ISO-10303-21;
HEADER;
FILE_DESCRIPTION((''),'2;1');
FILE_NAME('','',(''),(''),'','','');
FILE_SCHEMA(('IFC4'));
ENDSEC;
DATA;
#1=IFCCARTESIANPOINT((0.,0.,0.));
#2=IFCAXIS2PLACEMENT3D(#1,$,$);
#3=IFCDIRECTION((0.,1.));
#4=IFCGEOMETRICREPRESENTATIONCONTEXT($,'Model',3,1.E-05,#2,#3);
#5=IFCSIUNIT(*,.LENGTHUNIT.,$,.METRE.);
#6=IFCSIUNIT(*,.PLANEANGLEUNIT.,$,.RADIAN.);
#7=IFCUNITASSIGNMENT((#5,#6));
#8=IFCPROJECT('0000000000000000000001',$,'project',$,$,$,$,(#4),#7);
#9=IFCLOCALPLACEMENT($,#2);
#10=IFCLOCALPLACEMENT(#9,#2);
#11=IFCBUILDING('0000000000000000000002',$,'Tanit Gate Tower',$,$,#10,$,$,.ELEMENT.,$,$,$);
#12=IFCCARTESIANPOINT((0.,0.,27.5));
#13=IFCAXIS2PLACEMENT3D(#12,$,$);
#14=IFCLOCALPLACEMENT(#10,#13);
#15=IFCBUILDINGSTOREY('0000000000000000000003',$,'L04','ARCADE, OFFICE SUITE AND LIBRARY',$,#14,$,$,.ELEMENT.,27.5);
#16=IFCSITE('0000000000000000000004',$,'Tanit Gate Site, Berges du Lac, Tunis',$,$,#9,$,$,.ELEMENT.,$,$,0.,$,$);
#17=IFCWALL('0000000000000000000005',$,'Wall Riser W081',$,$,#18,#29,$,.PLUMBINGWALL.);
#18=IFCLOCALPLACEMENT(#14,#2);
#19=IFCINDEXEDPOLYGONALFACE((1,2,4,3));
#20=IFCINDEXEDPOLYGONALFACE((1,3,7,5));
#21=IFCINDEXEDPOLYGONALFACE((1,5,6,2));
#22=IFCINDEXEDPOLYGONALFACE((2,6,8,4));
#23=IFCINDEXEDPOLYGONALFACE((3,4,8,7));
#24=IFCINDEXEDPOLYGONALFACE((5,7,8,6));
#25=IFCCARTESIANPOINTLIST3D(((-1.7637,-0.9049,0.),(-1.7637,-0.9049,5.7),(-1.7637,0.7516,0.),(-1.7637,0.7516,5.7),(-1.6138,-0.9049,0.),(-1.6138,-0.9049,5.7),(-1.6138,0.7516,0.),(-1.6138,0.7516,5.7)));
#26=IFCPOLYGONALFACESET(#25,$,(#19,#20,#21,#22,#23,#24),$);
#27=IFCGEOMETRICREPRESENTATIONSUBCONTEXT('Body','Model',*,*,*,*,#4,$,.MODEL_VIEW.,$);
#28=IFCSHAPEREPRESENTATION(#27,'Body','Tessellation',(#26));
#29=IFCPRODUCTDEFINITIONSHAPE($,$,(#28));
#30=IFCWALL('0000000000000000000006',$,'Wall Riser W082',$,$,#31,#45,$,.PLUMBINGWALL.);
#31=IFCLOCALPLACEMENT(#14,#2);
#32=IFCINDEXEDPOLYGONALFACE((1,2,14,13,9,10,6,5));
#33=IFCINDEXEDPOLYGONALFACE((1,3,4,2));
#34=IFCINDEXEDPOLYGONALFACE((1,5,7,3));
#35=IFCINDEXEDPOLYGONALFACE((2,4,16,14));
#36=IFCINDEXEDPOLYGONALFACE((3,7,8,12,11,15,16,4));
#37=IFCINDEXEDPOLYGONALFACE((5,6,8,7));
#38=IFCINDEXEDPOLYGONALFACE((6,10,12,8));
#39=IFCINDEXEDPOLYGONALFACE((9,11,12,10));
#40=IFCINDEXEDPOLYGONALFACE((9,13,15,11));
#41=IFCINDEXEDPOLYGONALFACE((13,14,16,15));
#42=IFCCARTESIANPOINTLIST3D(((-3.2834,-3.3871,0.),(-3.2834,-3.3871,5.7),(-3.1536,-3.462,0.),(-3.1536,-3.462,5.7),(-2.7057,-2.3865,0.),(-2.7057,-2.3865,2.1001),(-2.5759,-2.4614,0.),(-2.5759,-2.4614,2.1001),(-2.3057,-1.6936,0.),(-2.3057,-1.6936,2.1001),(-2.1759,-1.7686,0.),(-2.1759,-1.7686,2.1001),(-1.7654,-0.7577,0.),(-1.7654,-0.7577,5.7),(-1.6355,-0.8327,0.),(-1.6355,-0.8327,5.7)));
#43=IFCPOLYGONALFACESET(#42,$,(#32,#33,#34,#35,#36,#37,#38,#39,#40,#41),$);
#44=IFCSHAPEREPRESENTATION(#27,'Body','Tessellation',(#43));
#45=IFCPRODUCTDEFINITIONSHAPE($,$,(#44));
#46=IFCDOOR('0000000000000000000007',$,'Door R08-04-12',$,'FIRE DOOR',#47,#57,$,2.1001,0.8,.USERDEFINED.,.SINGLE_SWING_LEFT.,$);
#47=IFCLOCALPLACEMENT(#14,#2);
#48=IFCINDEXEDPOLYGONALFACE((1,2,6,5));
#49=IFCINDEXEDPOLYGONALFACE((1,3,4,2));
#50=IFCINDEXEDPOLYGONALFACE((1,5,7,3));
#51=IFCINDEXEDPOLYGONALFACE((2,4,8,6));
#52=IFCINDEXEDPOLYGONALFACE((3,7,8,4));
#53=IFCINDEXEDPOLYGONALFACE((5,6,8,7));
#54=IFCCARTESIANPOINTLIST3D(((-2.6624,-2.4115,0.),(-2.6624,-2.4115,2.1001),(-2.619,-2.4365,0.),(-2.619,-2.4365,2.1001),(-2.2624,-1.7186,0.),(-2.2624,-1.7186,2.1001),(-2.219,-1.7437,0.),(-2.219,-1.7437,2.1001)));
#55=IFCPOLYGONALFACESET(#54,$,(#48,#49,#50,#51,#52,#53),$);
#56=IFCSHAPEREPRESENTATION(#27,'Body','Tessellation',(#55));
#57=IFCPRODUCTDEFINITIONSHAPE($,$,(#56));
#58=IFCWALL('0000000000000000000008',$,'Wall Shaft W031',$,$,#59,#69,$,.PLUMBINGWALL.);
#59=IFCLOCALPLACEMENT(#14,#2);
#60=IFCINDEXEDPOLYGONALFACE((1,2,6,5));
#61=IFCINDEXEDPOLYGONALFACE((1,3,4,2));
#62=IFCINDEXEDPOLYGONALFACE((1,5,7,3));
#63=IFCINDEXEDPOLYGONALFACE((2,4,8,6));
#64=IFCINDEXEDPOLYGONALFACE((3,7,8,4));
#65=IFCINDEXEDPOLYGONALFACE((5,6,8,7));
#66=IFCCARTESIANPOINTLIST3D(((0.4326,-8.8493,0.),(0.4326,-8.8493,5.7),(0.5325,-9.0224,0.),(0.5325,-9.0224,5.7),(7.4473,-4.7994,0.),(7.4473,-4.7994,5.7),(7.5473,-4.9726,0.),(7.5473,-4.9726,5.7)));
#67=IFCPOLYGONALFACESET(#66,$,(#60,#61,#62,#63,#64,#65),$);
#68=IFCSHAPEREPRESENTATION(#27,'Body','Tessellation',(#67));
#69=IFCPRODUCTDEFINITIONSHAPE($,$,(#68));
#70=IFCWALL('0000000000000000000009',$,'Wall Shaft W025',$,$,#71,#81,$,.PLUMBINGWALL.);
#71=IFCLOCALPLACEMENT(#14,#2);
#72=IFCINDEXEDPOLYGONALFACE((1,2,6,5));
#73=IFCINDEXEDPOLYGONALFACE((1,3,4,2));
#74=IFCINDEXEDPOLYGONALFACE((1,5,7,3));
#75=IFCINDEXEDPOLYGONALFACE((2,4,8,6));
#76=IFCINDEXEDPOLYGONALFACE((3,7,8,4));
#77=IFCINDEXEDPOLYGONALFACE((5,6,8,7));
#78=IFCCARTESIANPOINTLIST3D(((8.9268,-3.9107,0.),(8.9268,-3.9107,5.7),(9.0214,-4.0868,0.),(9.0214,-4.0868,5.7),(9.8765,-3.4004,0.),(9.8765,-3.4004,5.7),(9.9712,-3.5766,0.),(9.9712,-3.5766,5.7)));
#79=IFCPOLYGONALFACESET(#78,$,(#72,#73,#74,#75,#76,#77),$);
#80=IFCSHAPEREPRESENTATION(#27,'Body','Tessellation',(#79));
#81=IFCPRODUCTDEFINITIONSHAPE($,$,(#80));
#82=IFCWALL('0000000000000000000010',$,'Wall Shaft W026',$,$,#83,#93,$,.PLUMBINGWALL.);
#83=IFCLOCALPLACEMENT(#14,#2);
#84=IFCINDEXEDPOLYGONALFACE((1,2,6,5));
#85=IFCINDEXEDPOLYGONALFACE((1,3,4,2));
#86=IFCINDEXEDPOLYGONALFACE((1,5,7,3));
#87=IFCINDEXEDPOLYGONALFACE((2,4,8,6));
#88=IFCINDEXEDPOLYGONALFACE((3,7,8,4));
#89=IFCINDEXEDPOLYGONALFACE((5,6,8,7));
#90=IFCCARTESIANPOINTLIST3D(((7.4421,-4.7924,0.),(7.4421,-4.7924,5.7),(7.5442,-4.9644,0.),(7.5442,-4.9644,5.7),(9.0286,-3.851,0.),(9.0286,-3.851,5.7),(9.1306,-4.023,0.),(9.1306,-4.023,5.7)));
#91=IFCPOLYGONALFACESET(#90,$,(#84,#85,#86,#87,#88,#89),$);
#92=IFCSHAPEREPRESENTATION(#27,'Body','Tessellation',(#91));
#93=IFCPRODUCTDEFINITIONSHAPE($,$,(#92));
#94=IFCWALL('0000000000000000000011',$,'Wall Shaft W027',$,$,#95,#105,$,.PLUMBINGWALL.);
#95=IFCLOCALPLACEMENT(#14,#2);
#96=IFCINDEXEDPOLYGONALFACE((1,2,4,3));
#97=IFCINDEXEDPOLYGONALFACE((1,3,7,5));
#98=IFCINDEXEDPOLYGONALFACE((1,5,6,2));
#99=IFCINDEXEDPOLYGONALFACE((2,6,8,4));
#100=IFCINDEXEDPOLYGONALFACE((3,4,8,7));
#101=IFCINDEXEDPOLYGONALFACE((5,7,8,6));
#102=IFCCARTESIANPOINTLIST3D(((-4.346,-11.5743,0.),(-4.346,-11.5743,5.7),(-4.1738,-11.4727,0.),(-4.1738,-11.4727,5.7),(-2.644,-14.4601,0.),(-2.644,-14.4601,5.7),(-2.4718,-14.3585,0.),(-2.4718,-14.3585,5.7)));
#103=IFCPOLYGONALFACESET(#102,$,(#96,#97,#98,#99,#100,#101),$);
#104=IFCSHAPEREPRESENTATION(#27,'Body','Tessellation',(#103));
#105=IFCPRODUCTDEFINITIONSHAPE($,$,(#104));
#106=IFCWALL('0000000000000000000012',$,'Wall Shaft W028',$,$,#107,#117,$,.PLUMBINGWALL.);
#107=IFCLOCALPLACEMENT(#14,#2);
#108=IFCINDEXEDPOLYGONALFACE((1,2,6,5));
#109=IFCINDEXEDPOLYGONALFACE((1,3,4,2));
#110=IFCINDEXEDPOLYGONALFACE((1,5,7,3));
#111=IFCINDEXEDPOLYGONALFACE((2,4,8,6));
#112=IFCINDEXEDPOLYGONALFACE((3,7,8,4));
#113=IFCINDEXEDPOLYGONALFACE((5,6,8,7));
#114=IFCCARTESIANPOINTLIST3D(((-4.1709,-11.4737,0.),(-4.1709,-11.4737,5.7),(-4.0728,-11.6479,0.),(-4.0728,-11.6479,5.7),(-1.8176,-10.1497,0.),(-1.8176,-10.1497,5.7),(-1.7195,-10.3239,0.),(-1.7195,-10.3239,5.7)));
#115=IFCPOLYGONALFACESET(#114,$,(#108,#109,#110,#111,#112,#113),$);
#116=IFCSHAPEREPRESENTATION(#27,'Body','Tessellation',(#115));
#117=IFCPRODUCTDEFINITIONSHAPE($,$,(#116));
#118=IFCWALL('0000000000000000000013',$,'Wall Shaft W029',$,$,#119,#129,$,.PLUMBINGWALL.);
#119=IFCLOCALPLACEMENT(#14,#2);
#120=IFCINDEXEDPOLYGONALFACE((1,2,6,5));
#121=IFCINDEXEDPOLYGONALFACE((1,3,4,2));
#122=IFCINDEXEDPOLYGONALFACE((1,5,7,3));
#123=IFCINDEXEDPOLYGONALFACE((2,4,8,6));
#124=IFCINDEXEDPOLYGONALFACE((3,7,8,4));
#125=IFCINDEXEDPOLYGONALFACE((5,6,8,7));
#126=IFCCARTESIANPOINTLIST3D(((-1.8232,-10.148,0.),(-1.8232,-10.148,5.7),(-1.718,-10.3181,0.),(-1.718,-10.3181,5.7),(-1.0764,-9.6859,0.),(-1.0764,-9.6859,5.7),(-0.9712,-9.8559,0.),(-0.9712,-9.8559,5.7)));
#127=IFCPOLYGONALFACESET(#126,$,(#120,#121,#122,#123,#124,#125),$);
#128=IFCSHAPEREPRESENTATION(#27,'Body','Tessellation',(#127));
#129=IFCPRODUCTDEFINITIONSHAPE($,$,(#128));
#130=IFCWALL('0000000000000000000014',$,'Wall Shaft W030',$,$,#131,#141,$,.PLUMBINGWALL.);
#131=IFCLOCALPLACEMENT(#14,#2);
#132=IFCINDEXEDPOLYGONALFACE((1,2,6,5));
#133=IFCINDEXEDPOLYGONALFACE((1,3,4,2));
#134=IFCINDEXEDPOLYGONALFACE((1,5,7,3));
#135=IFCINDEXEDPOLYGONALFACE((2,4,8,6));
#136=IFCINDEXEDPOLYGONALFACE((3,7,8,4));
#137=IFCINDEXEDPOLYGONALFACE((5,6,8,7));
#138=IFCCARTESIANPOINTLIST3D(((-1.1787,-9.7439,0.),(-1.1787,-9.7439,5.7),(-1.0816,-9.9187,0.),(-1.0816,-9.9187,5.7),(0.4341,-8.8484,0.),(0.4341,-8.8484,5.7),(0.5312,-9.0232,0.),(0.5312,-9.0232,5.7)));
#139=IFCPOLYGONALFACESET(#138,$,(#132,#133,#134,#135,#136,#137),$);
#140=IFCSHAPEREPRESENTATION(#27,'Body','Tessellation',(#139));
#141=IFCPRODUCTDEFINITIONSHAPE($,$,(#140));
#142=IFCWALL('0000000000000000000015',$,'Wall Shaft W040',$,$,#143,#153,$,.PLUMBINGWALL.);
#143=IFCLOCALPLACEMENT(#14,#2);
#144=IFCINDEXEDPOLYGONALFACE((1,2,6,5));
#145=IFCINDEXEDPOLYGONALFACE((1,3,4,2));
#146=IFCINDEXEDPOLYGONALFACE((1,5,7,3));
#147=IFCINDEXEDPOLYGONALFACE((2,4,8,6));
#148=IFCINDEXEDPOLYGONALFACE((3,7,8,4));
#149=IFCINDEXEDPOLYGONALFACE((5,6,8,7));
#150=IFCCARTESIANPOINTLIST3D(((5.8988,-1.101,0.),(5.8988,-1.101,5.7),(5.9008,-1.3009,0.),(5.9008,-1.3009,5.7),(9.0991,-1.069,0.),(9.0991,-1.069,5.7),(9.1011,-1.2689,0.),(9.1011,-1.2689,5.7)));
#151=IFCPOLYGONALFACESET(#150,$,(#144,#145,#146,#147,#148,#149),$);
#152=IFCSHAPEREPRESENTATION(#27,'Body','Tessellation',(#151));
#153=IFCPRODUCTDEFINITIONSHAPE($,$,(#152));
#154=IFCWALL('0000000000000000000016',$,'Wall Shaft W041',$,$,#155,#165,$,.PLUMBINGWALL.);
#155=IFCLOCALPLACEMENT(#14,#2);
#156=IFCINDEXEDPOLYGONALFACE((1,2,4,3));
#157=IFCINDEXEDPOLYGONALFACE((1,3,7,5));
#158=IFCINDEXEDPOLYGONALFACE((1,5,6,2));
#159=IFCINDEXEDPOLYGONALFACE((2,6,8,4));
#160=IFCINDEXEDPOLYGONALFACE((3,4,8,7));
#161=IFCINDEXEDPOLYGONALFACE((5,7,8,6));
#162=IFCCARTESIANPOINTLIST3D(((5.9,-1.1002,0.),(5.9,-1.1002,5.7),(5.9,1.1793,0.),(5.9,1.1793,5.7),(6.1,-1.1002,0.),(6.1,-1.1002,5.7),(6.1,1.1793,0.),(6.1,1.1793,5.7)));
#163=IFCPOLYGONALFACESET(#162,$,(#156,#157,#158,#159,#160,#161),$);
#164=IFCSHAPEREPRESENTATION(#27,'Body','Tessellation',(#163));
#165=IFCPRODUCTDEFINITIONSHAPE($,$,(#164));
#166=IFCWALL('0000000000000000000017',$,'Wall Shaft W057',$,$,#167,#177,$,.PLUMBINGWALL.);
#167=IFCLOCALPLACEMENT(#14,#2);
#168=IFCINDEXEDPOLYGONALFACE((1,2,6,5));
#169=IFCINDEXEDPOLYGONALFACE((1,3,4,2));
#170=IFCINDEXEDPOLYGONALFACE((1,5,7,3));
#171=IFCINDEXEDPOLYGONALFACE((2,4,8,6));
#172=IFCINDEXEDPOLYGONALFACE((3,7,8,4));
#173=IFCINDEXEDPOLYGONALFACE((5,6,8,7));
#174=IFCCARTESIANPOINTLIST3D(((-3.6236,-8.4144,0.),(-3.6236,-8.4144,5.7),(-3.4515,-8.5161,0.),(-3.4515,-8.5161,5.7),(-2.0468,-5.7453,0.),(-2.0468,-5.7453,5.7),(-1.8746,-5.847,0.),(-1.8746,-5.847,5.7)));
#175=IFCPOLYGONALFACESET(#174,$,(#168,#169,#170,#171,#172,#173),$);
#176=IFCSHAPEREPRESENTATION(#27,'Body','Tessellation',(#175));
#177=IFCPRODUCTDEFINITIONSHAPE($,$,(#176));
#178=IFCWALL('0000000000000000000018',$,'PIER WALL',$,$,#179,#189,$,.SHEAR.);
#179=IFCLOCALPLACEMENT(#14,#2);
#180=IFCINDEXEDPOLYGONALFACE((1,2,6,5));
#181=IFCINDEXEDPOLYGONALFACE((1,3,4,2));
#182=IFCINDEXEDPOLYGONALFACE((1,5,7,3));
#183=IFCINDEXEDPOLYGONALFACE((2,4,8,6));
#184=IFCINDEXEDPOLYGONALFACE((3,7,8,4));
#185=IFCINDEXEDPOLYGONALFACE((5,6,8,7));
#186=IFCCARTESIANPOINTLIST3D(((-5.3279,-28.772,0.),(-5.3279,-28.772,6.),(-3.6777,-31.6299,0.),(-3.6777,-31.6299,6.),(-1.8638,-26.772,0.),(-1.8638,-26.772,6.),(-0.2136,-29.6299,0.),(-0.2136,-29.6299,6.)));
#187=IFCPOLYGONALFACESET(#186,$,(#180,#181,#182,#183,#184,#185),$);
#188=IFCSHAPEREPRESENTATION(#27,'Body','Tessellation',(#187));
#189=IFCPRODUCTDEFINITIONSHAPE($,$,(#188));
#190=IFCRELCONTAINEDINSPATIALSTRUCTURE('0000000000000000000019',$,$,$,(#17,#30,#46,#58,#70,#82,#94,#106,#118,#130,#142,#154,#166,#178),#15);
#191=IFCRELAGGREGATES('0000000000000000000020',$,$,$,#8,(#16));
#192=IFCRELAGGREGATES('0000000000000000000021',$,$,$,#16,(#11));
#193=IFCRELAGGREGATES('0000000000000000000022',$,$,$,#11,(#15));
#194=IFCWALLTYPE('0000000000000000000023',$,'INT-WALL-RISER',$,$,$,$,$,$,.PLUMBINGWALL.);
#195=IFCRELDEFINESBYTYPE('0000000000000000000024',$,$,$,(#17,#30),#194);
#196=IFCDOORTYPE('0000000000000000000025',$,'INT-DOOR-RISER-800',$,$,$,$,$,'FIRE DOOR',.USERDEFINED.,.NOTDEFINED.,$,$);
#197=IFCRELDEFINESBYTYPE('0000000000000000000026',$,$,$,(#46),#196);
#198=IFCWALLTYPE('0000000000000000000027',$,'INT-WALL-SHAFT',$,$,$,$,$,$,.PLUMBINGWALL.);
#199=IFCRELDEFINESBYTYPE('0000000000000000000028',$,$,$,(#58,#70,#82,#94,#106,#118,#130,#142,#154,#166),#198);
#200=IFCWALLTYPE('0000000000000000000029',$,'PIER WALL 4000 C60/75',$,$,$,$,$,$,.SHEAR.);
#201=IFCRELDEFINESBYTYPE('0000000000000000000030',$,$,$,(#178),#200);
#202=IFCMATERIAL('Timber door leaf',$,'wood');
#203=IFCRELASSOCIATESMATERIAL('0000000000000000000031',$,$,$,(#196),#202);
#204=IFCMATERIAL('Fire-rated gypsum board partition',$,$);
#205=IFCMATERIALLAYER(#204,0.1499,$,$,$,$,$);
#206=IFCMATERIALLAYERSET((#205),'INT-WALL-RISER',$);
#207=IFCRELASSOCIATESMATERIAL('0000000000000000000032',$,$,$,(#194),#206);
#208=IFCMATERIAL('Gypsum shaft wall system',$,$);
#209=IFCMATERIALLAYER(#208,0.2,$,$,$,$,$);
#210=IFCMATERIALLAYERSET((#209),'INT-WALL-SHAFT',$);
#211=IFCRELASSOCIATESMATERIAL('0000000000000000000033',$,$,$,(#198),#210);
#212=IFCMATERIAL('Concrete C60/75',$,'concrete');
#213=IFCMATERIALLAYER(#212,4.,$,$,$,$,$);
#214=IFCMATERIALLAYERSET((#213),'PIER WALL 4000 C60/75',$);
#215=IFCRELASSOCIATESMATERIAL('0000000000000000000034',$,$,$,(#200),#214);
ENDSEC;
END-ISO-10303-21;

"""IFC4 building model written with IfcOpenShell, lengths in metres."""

from ifc_helpers import new_model, si_unit, direction, frame, frame_2d, origin, place, context, subcontext, project, spatial, polyline, rectangle, outline, extrude, material, layer, layer_set, type_object, element, fill, save


model = new_model("IFC4")

# Units and contexts
model_context = context("Model", 3, precision=1e-05, world=origin(), true_north=direction((0.0, 1.0)))
body_context = subcontext(model_context, "Body", "Model", "MODEL_VIEW")
ifc_project = project(units=[si_unit("LENGTHUNIT", "METRE"), si_unit("PLANEANGLEUNIT", "RADIAN")], contexts=[model_context])

# Site, building, storey
site_placement = place(None, origin())
site = spatial("IfcSite", under=ifc_project, at=site_placement, Name="Tanit Gate Site, Berges du Lac, Tunis", CompositionType="ELEMENT", RefElevation=0.0)
building_placement = place(site_placement, origin())
building = spatial("IfcBuilding", under=site, at=building_placement, Name="Tanit Gate Tower", CompositionType="ELEMENT")
storey_placement = place(building_placement, frame((0.0, 0.0, 27.5)))
storey = spatial("IfcBuildingStorey", under=building, at=storey_placement, Name="L04", Description="ARCADE, OFFICE SUITE AND LIBRARY", CompositionType="ELEMENT", Elevation=27.5)

# Shared definitions
ifc_material_1 = material(Name="Timber door leaf", Category="wood")
door_type = type_object("IfcDoorType", Name="INT-DOOR-RISER-800", ElementType="FIRE DOOR", OperationType="NOTDEFINED", PredefinedType="USERDEFINED", material=ifc_material_1)

# Wall
ifc_material_2 = material(Name="Fire-rated gypsum board partition")
ifc_layer_1 = layer(ifc_material_2, 0.1499)
ifc_layer_set_1 = layer_set([ifc_layer_1], Name="INT-WALL-RISER")
wall_type_1 = type_object("IfcWallType", Name="INT-WALL-RISER", PredefinedType="PLUMBINGWALL", material=ifc_layer_set_1)
wall_1_placement = place(storey_placement, frame((-1.6887, -0.9048, 0.0), z_axis=(0.0, 0.0, 1.0), x_axis=(0.0, 1.0, 0.0)))
element("IfcWall", 1, at=wall_1_placement, inside=storey, type_object=wall_type_1, Name="Wall Riser W081", PredefinedType="PLUMBINGWALL", context=body_context, shape_type="SweptSolid", body=[
    extrude(rectangle(XDim=1.6565, YDim=0.1499, at=frame_2d((0.8281, 0.0))), origin(), (0.0, 0.0, 1.0), 5.7),
])

# Wall, opening, door
wall_2_placement = place(storey_placement, frame((-3.2185, -3.4246, 0.0), z_axis=(0.0, 0.0, 1.0), x_axis=(0.499996, 0.866028, 0.0)))
wall_2 = element("IfcWall", 2, at=wall_2_placement, inside=storey, type_object=wall_type_1, Name="Wall Riser W082", PredefinedType="PLUMBINGWALL", context=body_context, shape_type="SweptSolid", body=[
    extrude(rectangle(XDim=3.0361, YDim=0.1499, at=frame_2d((1.5181, 0.0))), origin(), (0.0, 0.0, 1.0), 5.7),
])
opening_1_placement = place(wall_2_placement, frame((1.1555, 0.0, 0.0)))
opening_1 = element("IfcOpeningElement", 3, at=opening_1_placement, cuts=wall_2, PredefinedType="OPENING", context=body_context, shape_type="SweptSolid", body=[
    extrude(rectangle(XDim=0.8, YDim=2.1001, at=frame_2d((0.3999, 1.05))), frame((0.0, 0.085, 0.0), z_axis=(0.0, -1.0, 0.0), x_axis=(1.0, 0.0, 0.0)), (0.0, 0.0, 1.0), 0.1699),
])
door_1_placement = place(opening_1_placement, origin())
door_1 = element("IfcDoor", 4, at=door_1_placement, inside=storey, type_object=door_type, Name="Door R08-04-12", ObjectType="FIRE DOOR", OperationType="SINGLE_SWING_LEFT", OverallHeight=2.1001, OverallWidth=0.8, PredefinedType="USERDEFINED", context=body_context, shape_type="SweptSolid", body=[
    extrude(rectangle(XDim=0.8, YDim=2.1001, at=frame_2d((0.3999, 1.05))), frame((0.0, 0.0249, 0.0), z_axis=(0.0, -1.0, 0.0), x_axis=(1.0, 0.0, 0.0)), (0.0, 0.0, 1.0), 0.05),
])
fill(opening_1, door_1)

# Walls
ifc_material_3 = material(Name="Gypsum shaft wall system")
ifc_layer_2 = layer(ifc_material_3, 0.2)
ifc_layer_set_2 = layer_set([ifc_layer_2], Name="INT-WALL-SHAFT")
wall_type_2 = type_object("IfcWallType", Name="INT-WALL-SHAFT", PredefinedType="PLUMBINGWALL", material=ifc_layer_set_2)
wall_3_placement = place(storey_placement, frame((0.4827, -8.9358, 0.0), z_axis=(0.0, 0.0, 1.0), x_axis=(0.866031, 0.49999, 0.0)))
element("IfcWall", 5, at=wall_3_placement, inside=storey, type_object=wall_type_2, Name="Wall Shaft W031", PredefinedType="PLUMBINGWALL", context=body_context, shape_type="SweptSolid", body=[
    extrude(rectangle(XDim=8.0999, YDim=0.2, at=frame_2d((4.0498, 0.0))), origin(), (0.0, 0.0, 1.0), 5.7),
])
wall_4_placement = place(storey_placement, frame((8.9741, -3.9988, 0.0), z_axis=(0.0, 0.0, 1.0), x_axis=(0.880907, 0.473289, 0.0)))
element("IfcWall", 6, at=wall_4_placement, inside=storey, type_object=wall_type_2, Name="Wall Shaft W025", PredefinedType="PLUMBINGWALL", context=body_context, shape_type="SweptSolid", body=[
    extrude(rectangle(XDim=1.0781, YDim=0.2, at=frame_2d((0.5391, 0.0))), origin(), (0.0, 0.0, 1.0), 5.7),
])
wall_5_placement = place(storey_placement, frame((7.4932, -4.8784, 0.0), z_axis=(0.0, 0.0, 1.0), x_axis=(0.859982, 0.510325, 0.0)))
element("IfcWall", 7, at=wall_5_placement, inside=storey, type_object=wall_type_2, Name="Wall Shaft W026", PredefinedType="PLUMBINGWALL", context=body_context, shape_type="SweptSolid", body=[
    extrude(rectangle(XDim=1.8447, YDim=0.2, at=frame_2d((0.9224, 0.0))), origin(), (0.0, 0.0, 1.0), 5.7),
])
wall_6_placement = place(storey_placement, frame((-2.5579, -14.4094, 0.0), z_axis=(0.0, 0.0, 1.0), x_axis=(-0.507997, 0.861359, 0.0)))
element("IfcWall", 8, at=wall_6_placement, inside=storey, type_object=wall_type_2, Name="Wall Shaft W027", PredefinedType="PLUMBINGWALL", context=body_context, shape_type="SweptSolid", body=[
    extrude(rectangle(XDim=3.3503, YDim=0.2, at=frame_2d((1.6753, 0.0))), origin(), (0.0, 0.0, 1.0), 5.7),
])
wall_7_placement = place(storey_placement, frame((-1.7686, -10.2368, 0.0), z_axis=(0.0, 0.0, 1.0), x_axis=(-0.871534, -0.490334, 0.0)))
element("IfcWall", 9, at=wall_7_placement, inside=storey, type_object=wall_type_2, Name="Wall Shaft W028", PredefinedType="PLUMBINGWALL", context=body_context, shape_type="SweptSolid", body=[
    extrude(rectangle(XDim=2.7002, YDim=0.2, at=frame_2d((1.3501, 0.0))), origin(), (0.0, 0.0, 1.0), 5.7),
])
wall_8_placement = place(storey_placement, frame((-1.0239, -9.771, 0.0), z_axis=(0.0, 0.0, 1.0), x_axis=(-0.850348, -0.526221, 0.0)))
element("IfcWall", 10, at=wall_8_placement, inside=storey, type_object=wall_type_2, Name="Wall Shaft W029", PredefinedType="PLUMBINGWALL", context=body_context, shape_type="SweptSolid", body=[
    extrude(rectangle(XDim=0.8782, YDim=0.2, at=frame_2d((0.439, 0.0))), origin(), (0.0, 0.0, 1.0), 5.7),
])
wall_9_placement = place(storey_placement, frame((-1.1301, -9.8313, 0.0), z_axis=(0.0, 0.0, 1.0), x_axis=(0.87427, 0.485441, 0.0)))
element("IfcWall", 11, at=wall_9_placement, inside=storey, type_object=wall_type_2, Name="Wall Shaft W030", PredefinedType="PLUMBINGWALL", context=body_context, shape_type="SweptSolid", body=[
    extrude(rectangle(XDim=1.8447, YDim=0.2, at=frame_2d((0.9224, 0.0))), origin(), (0.0, 0.0, 1.0), 5.7),
])
wall_10_placement = place(storey_placement, frame((5.8999, -1.2009, 0.0), z_axis=(0.0, 0.0, 1.0), x_axis=(0.99995, 0.009993, 0.0)))
element("IfcWall", 12, at=wall_10_placement, inside=storey, type_object=wall_type_2, Name="Wall Shaft W040", PredefinedType="PLUMBINGWALL", context=body_context, shape_type="SweptSolid", body=[
    extrude(rectangle(XDim=3.2004, YDim=0.2, at=frame_2d((1.6001, 0.0))), origin(), (0.0, 0.0, 1.0), 5.7),
])
wall_11_placement = place(storey_placement, frame((6.0, -1.1001, 0.0), z_axis=(0.0, 0.0, 1.0), x_axis=(0.0, 1.0, 0.0)))
element("IfcWall", 13, at=wall_11_placement, inside=storey, type_object=wall_type_2, Name="Wall Shaft W041", PredefinedType="PLUMBINGWALL", context=body_context, shape_type="SweptSolid", body=[
    extrude(rectangle(XDim=2.2795, YDim=0.2, at=frame_2d((1.1396, 0.0))), origin(), (0.0, 0.0, 1.0), 5.7),
])
wall_12_placement = place(storey_placement, frame((-1.9607, -5.7961, 0.0), z_axis=(0.0, 0.0, 1.0), x_axis=(-0.508647, -0.860975, 0.0)))
element("IfcWall", 14, at=wall_12_placement, inside=storey, type_object=wall_type_2, Name="Wall Shaft W057", PredefinedType="PLUMBINGWALL", context=body_context, shape_type="SweptSolid", body=[
    extrude(rectangle(XDim=3.1001, YDim=0.2, at=frame_2d((1.55, 0.0))), origin(), (0.0, 0.0, 1.0), 5.7),
])
ifc_material_4 = material(Name="Concrete C60/75", Category="concrete")
ifc_layer_3 = layer(ifc_material_4, 4.0)
ifc_layer_set_3 = layer_set([ifc_layer_3], Name="PIER WALL 4000 C60/75")
wall_type_3 = type_object("IfcWallType", Name="PIER WALL 4000 C60/75", PredefinedType="SHEAR", material=ifc_layer_set_3)
wall_13_placement = place(storey_placement, origin())
element("IfcWall", 15, at=wall_13_placement, inside=storey, type_object=wall_type_3, Name="PIER WALL", PredefinedType="SHEAR", context=body_context, shape_type="SweptSolid", body=[
    extrude(outline(polyline([(-3.6777, -31.6299), (-0.2136, -29.6299), (-1.8638, -26.772), (-5.3279, -28.772), (-3.6777, -31.6299)])), origin(), (0.0, 0.0, 1.0), 6.0),
])

save(model, "model.ifc")
